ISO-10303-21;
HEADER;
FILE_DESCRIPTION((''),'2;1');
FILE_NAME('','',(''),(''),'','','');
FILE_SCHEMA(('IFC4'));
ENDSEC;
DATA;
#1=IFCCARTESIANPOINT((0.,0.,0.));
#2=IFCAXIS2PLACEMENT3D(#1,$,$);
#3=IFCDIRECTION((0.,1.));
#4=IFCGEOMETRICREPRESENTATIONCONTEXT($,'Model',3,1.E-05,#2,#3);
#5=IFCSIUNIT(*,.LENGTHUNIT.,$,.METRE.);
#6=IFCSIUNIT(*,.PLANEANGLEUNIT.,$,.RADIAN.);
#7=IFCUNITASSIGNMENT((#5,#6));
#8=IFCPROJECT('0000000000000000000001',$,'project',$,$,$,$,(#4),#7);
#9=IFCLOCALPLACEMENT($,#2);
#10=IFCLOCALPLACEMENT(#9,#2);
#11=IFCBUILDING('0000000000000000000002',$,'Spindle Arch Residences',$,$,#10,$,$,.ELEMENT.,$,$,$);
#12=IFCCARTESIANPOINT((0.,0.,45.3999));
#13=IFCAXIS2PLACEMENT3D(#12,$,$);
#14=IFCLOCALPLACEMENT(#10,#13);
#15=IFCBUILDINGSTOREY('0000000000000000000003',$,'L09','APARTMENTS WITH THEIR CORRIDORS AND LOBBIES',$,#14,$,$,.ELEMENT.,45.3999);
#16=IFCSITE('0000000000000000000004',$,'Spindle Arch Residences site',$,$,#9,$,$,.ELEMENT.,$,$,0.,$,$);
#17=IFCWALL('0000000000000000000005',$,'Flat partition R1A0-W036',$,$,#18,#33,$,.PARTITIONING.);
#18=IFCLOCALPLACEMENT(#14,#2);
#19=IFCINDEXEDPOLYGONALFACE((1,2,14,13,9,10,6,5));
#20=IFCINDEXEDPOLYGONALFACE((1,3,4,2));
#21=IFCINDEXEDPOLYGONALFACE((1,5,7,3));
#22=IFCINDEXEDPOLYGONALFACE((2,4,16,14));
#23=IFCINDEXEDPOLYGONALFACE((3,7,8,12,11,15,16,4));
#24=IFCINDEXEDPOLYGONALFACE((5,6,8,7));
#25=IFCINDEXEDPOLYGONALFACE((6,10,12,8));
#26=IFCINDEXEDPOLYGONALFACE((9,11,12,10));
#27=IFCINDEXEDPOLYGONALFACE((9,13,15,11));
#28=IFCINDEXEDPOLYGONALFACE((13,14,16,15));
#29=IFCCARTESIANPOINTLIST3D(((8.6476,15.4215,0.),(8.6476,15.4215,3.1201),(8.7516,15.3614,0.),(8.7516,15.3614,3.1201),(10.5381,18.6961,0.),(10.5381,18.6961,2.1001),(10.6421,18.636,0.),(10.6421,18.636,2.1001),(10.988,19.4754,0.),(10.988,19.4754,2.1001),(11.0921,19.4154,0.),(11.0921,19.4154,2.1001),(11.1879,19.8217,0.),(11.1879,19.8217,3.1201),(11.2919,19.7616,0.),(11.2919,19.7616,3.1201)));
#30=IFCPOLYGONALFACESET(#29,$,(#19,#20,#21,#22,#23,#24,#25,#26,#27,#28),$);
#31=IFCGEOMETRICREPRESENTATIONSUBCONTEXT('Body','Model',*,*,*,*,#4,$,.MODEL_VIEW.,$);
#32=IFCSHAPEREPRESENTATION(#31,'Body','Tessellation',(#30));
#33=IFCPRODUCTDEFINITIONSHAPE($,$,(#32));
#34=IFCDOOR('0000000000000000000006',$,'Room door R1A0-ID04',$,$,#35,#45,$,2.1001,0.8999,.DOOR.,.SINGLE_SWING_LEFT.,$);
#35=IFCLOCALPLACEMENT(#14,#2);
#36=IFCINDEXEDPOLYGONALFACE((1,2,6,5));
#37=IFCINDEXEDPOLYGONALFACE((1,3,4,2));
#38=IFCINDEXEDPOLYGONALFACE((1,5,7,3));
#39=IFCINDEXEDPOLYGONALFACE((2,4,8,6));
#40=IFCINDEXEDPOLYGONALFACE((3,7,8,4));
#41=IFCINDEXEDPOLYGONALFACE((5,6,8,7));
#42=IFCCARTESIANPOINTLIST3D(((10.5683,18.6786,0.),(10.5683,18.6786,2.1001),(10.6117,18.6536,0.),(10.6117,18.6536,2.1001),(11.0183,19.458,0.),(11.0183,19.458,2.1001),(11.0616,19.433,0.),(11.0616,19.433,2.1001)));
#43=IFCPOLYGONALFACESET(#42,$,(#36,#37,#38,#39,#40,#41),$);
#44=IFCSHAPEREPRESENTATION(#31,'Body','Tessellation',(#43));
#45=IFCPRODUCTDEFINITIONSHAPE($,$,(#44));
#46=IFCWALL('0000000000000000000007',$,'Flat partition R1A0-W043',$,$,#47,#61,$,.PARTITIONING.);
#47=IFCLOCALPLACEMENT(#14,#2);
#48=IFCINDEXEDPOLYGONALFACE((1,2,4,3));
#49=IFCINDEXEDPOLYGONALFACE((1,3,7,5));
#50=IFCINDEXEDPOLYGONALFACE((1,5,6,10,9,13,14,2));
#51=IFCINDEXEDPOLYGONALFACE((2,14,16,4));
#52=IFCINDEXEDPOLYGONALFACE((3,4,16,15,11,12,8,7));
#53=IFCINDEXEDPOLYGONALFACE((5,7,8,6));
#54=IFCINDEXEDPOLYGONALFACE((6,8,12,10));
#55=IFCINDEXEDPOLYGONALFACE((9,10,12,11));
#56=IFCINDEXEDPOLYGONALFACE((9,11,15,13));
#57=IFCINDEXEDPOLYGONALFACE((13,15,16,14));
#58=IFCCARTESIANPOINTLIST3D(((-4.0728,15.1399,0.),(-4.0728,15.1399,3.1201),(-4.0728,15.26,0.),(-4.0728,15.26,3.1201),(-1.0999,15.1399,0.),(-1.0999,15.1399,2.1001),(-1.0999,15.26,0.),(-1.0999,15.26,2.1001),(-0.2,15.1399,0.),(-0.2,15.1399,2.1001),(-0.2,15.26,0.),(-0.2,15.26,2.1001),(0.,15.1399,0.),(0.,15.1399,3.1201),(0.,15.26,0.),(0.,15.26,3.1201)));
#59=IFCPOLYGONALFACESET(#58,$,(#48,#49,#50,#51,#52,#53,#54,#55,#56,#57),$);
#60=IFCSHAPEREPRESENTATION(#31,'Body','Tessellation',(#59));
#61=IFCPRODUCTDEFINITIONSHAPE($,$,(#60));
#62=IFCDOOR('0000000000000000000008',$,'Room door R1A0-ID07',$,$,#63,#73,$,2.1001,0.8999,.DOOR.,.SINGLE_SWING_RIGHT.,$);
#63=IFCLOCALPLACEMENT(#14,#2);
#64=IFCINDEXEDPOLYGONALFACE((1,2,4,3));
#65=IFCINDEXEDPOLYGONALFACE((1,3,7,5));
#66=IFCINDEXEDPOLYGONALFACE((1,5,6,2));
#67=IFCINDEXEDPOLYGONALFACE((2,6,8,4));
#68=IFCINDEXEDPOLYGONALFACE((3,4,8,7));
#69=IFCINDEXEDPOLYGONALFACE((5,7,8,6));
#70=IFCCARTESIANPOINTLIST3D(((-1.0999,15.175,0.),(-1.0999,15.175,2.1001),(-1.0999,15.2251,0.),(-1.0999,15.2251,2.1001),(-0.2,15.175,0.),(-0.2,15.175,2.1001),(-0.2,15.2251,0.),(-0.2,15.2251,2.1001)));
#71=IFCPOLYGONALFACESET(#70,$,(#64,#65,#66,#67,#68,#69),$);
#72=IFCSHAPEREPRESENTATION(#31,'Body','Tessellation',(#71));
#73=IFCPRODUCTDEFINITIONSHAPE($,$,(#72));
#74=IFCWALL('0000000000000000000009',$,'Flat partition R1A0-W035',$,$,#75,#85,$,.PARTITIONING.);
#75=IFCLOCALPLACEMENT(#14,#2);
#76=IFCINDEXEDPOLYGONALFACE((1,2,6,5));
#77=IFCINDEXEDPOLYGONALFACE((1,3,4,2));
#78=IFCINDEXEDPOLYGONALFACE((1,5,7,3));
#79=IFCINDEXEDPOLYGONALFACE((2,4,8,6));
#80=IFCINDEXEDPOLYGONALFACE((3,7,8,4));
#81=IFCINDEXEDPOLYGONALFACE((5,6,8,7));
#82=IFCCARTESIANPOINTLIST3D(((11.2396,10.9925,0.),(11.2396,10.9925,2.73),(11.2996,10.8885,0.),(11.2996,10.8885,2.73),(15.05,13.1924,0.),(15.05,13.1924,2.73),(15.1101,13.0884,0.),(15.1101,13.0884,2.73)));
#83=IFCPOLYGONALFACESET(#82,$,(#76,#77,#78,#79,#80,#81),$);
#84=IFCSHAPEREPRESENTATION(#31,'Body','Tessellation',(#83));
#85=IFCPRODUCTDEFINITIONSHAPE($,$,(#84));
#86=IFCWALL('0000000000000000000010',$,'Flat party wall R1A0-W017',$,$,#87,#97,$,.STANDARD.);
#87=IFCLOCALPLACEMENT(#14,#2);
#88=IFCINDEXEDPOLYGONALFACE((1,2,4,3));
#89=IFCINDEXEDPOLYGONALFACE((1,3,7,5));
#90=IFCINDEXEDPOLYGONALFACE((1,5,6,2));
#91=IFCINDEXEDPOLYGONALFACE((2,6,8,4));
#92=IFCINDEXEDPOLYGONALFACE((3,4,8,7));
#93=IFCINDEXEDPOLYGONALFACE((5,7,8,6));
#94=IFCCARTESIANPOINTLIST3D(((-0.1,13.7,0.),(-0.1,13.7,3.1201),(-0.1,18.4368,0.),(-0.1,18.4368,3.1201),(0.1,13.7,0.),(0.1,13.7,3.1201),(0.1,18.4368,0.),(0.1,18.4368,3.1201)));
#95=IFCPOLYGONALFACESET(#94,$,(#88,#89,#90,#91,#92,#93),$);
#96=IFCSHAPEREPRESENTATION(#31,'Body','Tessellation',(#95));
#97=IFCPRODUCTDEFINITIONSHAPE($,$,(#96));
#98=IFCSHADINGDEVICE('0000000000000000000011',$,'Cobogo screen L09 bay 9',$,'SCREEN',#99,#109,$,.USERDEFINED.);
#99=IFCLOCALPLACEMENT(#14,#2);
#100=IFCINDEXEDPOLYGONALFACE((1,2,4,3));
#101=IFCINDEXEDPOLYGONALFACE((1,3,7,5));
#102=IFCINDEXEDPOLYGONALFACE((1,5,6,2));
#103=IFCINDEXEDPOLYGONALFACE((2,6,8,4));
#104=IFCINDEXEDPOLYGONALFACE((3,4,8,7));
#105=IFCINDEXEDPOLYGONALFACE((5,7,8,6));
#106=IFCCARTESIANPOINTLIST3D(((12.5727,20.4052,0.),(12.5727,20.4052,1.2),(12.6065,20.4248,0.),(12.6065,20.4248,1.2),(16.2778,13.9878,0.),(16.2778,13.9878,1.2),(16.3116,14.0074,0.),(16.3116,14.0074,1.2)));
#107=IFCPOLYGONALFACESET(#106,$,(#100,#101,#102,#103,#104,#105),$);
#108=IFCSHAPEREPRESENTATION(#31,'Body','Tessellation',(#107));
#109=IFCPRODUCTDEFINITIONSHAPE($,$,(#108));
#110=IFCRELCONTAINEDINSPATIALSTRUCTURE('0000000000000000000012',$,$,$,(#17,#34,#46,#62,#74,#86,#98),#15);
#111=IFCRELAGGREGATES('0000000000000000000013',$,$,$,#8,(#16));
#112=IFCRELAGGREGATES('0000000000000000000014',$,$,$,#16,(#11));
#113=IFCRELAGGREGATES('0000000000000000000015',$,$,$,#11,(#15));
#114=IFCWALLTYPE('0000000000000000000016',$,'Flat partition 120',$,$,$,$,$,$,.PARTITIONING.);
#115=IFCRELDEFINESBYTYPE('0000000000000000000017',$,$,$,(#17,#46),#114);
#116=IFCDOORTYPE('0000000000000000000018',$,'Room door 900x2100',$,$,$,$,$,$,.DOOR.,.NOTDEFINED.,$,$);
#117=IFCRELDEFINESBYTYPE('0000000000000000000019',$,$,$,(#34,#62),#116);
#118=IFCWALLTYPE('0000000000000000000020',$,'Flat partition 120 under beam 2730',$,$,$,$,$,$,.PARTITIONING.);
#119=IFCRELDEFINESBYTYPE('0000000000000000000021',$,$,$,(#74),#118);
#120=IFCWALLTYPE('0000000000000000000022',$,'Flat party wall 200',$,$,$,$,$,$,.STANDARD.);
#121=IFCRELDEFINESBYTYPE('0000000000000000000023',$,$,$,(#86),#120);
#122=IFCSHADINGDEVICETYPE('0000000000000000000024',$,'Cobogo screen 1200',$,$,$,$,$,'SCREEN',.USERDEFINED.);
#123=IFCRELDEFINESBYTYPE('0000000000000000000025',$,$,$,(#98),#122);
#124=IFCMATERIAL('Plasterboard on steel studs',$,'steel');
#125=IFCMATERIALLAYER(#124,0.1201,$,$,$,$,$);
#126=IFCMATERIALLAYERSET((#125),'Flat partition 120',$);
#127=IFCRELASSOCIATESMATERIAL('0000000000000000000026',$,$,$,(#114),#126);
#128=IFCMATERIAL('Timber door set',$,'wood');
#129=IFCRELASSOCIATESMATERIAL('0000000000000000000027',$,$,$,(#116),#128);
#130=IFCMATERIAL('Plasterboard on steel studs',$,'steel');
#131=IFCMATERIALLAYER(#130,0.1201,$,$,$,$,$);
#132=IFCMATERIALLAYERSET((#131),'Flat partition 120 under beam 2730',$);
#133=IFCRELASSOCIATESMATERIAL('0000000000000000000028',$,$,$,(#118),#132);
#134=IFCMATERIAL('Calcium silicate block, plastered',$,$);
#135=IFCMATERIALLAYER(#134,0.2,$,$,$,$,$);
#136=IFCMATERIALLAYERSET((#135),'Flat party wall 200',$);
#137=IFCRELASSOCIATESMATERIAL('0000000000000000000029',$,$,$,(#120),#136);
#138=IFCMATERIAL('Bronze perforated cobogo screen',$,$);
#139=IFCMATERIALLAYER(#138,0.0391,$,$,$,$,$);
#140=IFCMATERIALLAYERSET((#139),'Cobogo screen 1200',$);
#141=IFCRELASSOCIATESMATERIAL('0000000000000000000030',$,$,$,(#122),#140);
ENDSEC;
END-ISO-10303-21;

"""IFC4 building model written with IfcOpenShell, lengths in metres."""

from ifc_helpers import new_model, si_unit, direction, frame, frame_2d, origin, origin_2d, place, context, subcontext, project, spatial, rectangle, extrude, material, layer, layer_set, type_object, element, fill, save


model = new_model("IFC4")

# Units and contexts
model_context = context("Model", 3, precision=1e-05, world=origin(), true_north=direction((0.0, 1.0)))
body_context = subcontext(model_context, "Body", "Model", "MODEL_VIEW")
ifc_project = project(units=[si_unit("LENGTHUNIT", "METRE"), si_unit("PLANEANGLEUNIT", "RADIAN")], contexts=[model_context])

# Site, building, storey
site_placement = place(None, origin())
site = spatial("IfcSite", under=ifc_project, at=site_placement, Name="Spindle Arch Residences site", CompositionType="ELEMENT", RefElevation=0.0)
building_placement = place(site_placement, origin())
building = spatial("IfcBuilding", under=site, at=building_placement, Name="Spindle Arch Residences", CompositionType="ELEMENT")
storey_placement = place(building_placement, frame((0.0, 0.0, 45.3999)))
storey = spatial("IfcBuildingStorey", under=building, at=storey_placement, Name="L09", Description="APARTMENTS WITH THEIR CORRIDORS AND LOBBIES", CompositionType="ELEMENT", Elevation=45.3999)

# Shared definitions
ifc_material_1 = material(Name="Plasterboard on steel studs", Category="steel")
ifc_layer_1 = layer(ifc_material_1, 0.1201)
ifc_layer_set_1 = layer_set([ifc_layer_1], Name="Flat partition 120")
wall_type_1 = type_object("IfcWallType", Name="Flat partition 120", PredefinedType="PARTITIONING", material=ifc_layer_set_1)
ifc_material_2 = material(Name="Timber door set", Category="wood")
door_type_1 = type_object("IfcDoorType", Name="Room door 900x2100", OperationType="NOTDEFINED", PredefinedType="DOOR", material=ifc_material_2)

# Walls, openings, doors
wall_1_placement = place(storey_placement, frame((11.24, 19.7917, 0.0), z_axis=(0.0, 0.0, 1.0), x_axis=(-0.499979, -0.866038, 0.0)))
wall_1 = element("IfcWall", 1, at=wall_1_placement, inside=storey, type_object=wall_type_1, Name="Flat partition R1A0-W036", PredefinedType="PARTITIONING", context=body_context, shape_type="SweptSolid", body=[
    extrude(rectangle(XDim=5.0808, YDim=0.1201, at=frame_2d((2.5405, 0.0))), origin(), (0.0, 0.0, 1.0), 3.1201),
])
opening_1_placement = place(wall_1_placement, frame((0.3999, 0.0, 0.0)))
opening_1 = element("IfcOpeningElement", 2, at=opening_1_placement, cuts=wall_1, PredefinedType="OPENING", context=body_context, shape_type="SweptSolid", body=[
    extrude(rectangle(XDim=0.8999, YDim=2.1001, at=frame_2d((0.45, 1.05))), frame((0.0, 0.0701, 0.0), z_axis=(0.0, -1.0, 0.0), x_axis=(1.0, 0.0, 0.0)), (0.0, 0.0, 1.0), 0.1401),
])
door_1_placement = place(opening_1_placement, origin())
door_1 = element("IfcDoor", 3, at=door_1_placement, inside=storey, type_object=door_type_1, Name="Room door R1A0-ID04", OperationType="SINGLE_SWING_LEFT", OverallHeight=2.1001, OverallWidth=0.8999, PredefinedType="DOOR", context=body_context, shape_type="SweptSolid", body=[
    extrude(rectangle(XDim=0.8999, YDim=2.1001, at=frame_2d((0.45, 1.05))), frame((0.0, 0.0249, 0.0), z_axis=(0.0, -1.0, 0.0), x_axis=(1.0, 0.0, 0.0)), (0.0, 0.0, 1.0), 0.05),
])
fill(opening_1, door_1)
wall_2_placement = place(storey_placement, frame((0.0, 15.2, 0.0), z_axis=(0.0, 0.0, 1.0), x_axis=(-1.0, 0.0, 0.0)))
wall_2 = element("IfcWall", 4, at=wall_2_placement, inside=storey, type_object=wall_type_1, Name="Flat partition R1A0-W043", PredefinedType="PARTITIONING", context=body_context, shape_type="SweptSolid", body=[
    extrude(rectangle(XDim=4.0728, YDim=0.1201, at=frame_2d((2.0364, 0.0))), origin(), (0.0, 0.0, 1.0), 3.1201),
])
opening_2_placement = place(wall_2_placement, frame((0.2, 0.0, 0.0)))
opening_2 = element("IfcOpeningElement", 5, at=opening_2_placement, cuts=wall_2, PredefinedType="OPENING", context=body_context, shape_type="SweptSolid", body=[
    extrude(rectangle(XDim=0.8999, YDim=2.1001, at=frame_2d((0.45, 1.05))), frame((0.0, 0.0701, 0.0), z_axis=(0.0, -1.0, 0.0), x_axis=(1.0, 0.0, 0.0)), (0.0, 0.0, 1.0), 0.1401),
])
door_2_placement = place(opening_2_placement, origin())
door_2 = element("IfcDoor", 6, at=door_2_placement, inside=storey, type_object=door_type_1, Name="Room door R1A0-ID07", OperationType="SINGLE_SWING_RIGHT", OverallHeight=2.1001, OverallWidth=0.8999, PredefinedType="DOOR", context=body_context, shape_type="SweptSolid", body=[
    extrude(rectangle(XDim=0.8999, YDim=2.1001, at=frame_2d((0.45, 1.05))), frame((0.0, 0.0249, 0.0), z_axis=(0.0, -1.0, 0.0), x_axis=(1.0, 0.0, 0.0)), (0.0, 0.0, 1.0), 0.05),
])
fill(opening_2, door_2)

# Walls
ifc_material_3 = material(Name="Plasterboard on steel studs", Category="steel")
ifc_layer_2 = layer(ifc_material_3, 0.1201)
ifc_layer_set_2 = layer_set([ifc_layer_2], Name="Flat partition 120 under beam 2730")
wall_type_2 = type_object("IfcWallType", Name="Flat partition 120 under beam 2730", PredefinedType="PARTITIONING", material=ifc_layer_set_2)
wall_3_placement = place(storey_placement, frame((15.0801, 13.1404, 0.0), z_axis=(0.0, 0.0, 1.0), x_axis=(-0.866032, -0.499988, 0.0)))
element("IfcWall", 7, at=wall_3_placement, inside=storey, type_object=wall_type_2, Name="Flat partition R1A0-W035", PredefinedType="PARTITIONING", context=body_context, shape_type="SweptSolid", body=[
    extrude(rectangle(XDim=4.3999, YDim=0.1201, at=frame_2d((2.2, 0.0))), origin(), (0.0, 0.0, 1.0), 2.73),
])
ifc_material_4 = material(Name="Calcium silicate block, plastered")
ifc_layer_3 = layer(ifc_material_4, 0.2)
ifc_layer_set_3 = layer_set([ifc_layer_3], Name="Flat party wall 200")
wall_type_3 = type_object("IfcWallType", Name="Flat party wall 200", PredefinedType="STANDARD", material=ifc_layer_set_3)
wall_4_placement = place(storey_placement, frame((0.0, 18.4368, 0.0), z_axis=(0.0, 0.0, 1.0), x_axis=(0.0, -1.0, 0.0)))
element("IfcWall", 8, at=wall_4_placement, inside=storey, type_object=wall_type_3, Name="Flat party wall R1A0-W017", PredefinedType="STANDARD", context=body_context, shape_type="SweptSolid", body=[
    extrude(rectangle(XDim=4.7368, YDim=0.2, at=frame_2d((2.3684, 0.0))), origin(), (0.0, 0.0, 1.0), 3.1201),
])

# Shading device
ifc_material_5 = material(Name="Bronze perforated cobogo screen")
ifc_layer_4 = layer(ifc_material_5, 0.0391)
ifc_layer_set_4 = layer_set([ifc_layer_4], Name="Cobogo screen 1200")
shading_device_type = type_object("IfcShadingDeviceType", Name="Cobogo screen 1200", ElementType="SCREEN", PredefinedType="USERDEFINED", material=ifc_layer_set_4)
shading_device_placement = place(storey_placement, frame((14.4421, 17.2063, 0.0), z_axis=(0.0, 0.0, 1.0), x_axis=(-0.5, 0.866025, 0.0)))
element("IfcShadingDevice", 9, at=shading_device_placement, inside=storey, type_object=shading_device_type, Name="Cobogo screen L09 bay 9", ObjectType="SCREEN", PredefinedType="USERDEFINED", context=body_context, shape_type="SweptSolid", body=[
    extrude(rectangle(XDim=7.4102, YDim=0.0391, at=origin_2d()), origin(), (0.0, 0.0, 1.0), 1.2),
])

save(model, "model.ifc")
